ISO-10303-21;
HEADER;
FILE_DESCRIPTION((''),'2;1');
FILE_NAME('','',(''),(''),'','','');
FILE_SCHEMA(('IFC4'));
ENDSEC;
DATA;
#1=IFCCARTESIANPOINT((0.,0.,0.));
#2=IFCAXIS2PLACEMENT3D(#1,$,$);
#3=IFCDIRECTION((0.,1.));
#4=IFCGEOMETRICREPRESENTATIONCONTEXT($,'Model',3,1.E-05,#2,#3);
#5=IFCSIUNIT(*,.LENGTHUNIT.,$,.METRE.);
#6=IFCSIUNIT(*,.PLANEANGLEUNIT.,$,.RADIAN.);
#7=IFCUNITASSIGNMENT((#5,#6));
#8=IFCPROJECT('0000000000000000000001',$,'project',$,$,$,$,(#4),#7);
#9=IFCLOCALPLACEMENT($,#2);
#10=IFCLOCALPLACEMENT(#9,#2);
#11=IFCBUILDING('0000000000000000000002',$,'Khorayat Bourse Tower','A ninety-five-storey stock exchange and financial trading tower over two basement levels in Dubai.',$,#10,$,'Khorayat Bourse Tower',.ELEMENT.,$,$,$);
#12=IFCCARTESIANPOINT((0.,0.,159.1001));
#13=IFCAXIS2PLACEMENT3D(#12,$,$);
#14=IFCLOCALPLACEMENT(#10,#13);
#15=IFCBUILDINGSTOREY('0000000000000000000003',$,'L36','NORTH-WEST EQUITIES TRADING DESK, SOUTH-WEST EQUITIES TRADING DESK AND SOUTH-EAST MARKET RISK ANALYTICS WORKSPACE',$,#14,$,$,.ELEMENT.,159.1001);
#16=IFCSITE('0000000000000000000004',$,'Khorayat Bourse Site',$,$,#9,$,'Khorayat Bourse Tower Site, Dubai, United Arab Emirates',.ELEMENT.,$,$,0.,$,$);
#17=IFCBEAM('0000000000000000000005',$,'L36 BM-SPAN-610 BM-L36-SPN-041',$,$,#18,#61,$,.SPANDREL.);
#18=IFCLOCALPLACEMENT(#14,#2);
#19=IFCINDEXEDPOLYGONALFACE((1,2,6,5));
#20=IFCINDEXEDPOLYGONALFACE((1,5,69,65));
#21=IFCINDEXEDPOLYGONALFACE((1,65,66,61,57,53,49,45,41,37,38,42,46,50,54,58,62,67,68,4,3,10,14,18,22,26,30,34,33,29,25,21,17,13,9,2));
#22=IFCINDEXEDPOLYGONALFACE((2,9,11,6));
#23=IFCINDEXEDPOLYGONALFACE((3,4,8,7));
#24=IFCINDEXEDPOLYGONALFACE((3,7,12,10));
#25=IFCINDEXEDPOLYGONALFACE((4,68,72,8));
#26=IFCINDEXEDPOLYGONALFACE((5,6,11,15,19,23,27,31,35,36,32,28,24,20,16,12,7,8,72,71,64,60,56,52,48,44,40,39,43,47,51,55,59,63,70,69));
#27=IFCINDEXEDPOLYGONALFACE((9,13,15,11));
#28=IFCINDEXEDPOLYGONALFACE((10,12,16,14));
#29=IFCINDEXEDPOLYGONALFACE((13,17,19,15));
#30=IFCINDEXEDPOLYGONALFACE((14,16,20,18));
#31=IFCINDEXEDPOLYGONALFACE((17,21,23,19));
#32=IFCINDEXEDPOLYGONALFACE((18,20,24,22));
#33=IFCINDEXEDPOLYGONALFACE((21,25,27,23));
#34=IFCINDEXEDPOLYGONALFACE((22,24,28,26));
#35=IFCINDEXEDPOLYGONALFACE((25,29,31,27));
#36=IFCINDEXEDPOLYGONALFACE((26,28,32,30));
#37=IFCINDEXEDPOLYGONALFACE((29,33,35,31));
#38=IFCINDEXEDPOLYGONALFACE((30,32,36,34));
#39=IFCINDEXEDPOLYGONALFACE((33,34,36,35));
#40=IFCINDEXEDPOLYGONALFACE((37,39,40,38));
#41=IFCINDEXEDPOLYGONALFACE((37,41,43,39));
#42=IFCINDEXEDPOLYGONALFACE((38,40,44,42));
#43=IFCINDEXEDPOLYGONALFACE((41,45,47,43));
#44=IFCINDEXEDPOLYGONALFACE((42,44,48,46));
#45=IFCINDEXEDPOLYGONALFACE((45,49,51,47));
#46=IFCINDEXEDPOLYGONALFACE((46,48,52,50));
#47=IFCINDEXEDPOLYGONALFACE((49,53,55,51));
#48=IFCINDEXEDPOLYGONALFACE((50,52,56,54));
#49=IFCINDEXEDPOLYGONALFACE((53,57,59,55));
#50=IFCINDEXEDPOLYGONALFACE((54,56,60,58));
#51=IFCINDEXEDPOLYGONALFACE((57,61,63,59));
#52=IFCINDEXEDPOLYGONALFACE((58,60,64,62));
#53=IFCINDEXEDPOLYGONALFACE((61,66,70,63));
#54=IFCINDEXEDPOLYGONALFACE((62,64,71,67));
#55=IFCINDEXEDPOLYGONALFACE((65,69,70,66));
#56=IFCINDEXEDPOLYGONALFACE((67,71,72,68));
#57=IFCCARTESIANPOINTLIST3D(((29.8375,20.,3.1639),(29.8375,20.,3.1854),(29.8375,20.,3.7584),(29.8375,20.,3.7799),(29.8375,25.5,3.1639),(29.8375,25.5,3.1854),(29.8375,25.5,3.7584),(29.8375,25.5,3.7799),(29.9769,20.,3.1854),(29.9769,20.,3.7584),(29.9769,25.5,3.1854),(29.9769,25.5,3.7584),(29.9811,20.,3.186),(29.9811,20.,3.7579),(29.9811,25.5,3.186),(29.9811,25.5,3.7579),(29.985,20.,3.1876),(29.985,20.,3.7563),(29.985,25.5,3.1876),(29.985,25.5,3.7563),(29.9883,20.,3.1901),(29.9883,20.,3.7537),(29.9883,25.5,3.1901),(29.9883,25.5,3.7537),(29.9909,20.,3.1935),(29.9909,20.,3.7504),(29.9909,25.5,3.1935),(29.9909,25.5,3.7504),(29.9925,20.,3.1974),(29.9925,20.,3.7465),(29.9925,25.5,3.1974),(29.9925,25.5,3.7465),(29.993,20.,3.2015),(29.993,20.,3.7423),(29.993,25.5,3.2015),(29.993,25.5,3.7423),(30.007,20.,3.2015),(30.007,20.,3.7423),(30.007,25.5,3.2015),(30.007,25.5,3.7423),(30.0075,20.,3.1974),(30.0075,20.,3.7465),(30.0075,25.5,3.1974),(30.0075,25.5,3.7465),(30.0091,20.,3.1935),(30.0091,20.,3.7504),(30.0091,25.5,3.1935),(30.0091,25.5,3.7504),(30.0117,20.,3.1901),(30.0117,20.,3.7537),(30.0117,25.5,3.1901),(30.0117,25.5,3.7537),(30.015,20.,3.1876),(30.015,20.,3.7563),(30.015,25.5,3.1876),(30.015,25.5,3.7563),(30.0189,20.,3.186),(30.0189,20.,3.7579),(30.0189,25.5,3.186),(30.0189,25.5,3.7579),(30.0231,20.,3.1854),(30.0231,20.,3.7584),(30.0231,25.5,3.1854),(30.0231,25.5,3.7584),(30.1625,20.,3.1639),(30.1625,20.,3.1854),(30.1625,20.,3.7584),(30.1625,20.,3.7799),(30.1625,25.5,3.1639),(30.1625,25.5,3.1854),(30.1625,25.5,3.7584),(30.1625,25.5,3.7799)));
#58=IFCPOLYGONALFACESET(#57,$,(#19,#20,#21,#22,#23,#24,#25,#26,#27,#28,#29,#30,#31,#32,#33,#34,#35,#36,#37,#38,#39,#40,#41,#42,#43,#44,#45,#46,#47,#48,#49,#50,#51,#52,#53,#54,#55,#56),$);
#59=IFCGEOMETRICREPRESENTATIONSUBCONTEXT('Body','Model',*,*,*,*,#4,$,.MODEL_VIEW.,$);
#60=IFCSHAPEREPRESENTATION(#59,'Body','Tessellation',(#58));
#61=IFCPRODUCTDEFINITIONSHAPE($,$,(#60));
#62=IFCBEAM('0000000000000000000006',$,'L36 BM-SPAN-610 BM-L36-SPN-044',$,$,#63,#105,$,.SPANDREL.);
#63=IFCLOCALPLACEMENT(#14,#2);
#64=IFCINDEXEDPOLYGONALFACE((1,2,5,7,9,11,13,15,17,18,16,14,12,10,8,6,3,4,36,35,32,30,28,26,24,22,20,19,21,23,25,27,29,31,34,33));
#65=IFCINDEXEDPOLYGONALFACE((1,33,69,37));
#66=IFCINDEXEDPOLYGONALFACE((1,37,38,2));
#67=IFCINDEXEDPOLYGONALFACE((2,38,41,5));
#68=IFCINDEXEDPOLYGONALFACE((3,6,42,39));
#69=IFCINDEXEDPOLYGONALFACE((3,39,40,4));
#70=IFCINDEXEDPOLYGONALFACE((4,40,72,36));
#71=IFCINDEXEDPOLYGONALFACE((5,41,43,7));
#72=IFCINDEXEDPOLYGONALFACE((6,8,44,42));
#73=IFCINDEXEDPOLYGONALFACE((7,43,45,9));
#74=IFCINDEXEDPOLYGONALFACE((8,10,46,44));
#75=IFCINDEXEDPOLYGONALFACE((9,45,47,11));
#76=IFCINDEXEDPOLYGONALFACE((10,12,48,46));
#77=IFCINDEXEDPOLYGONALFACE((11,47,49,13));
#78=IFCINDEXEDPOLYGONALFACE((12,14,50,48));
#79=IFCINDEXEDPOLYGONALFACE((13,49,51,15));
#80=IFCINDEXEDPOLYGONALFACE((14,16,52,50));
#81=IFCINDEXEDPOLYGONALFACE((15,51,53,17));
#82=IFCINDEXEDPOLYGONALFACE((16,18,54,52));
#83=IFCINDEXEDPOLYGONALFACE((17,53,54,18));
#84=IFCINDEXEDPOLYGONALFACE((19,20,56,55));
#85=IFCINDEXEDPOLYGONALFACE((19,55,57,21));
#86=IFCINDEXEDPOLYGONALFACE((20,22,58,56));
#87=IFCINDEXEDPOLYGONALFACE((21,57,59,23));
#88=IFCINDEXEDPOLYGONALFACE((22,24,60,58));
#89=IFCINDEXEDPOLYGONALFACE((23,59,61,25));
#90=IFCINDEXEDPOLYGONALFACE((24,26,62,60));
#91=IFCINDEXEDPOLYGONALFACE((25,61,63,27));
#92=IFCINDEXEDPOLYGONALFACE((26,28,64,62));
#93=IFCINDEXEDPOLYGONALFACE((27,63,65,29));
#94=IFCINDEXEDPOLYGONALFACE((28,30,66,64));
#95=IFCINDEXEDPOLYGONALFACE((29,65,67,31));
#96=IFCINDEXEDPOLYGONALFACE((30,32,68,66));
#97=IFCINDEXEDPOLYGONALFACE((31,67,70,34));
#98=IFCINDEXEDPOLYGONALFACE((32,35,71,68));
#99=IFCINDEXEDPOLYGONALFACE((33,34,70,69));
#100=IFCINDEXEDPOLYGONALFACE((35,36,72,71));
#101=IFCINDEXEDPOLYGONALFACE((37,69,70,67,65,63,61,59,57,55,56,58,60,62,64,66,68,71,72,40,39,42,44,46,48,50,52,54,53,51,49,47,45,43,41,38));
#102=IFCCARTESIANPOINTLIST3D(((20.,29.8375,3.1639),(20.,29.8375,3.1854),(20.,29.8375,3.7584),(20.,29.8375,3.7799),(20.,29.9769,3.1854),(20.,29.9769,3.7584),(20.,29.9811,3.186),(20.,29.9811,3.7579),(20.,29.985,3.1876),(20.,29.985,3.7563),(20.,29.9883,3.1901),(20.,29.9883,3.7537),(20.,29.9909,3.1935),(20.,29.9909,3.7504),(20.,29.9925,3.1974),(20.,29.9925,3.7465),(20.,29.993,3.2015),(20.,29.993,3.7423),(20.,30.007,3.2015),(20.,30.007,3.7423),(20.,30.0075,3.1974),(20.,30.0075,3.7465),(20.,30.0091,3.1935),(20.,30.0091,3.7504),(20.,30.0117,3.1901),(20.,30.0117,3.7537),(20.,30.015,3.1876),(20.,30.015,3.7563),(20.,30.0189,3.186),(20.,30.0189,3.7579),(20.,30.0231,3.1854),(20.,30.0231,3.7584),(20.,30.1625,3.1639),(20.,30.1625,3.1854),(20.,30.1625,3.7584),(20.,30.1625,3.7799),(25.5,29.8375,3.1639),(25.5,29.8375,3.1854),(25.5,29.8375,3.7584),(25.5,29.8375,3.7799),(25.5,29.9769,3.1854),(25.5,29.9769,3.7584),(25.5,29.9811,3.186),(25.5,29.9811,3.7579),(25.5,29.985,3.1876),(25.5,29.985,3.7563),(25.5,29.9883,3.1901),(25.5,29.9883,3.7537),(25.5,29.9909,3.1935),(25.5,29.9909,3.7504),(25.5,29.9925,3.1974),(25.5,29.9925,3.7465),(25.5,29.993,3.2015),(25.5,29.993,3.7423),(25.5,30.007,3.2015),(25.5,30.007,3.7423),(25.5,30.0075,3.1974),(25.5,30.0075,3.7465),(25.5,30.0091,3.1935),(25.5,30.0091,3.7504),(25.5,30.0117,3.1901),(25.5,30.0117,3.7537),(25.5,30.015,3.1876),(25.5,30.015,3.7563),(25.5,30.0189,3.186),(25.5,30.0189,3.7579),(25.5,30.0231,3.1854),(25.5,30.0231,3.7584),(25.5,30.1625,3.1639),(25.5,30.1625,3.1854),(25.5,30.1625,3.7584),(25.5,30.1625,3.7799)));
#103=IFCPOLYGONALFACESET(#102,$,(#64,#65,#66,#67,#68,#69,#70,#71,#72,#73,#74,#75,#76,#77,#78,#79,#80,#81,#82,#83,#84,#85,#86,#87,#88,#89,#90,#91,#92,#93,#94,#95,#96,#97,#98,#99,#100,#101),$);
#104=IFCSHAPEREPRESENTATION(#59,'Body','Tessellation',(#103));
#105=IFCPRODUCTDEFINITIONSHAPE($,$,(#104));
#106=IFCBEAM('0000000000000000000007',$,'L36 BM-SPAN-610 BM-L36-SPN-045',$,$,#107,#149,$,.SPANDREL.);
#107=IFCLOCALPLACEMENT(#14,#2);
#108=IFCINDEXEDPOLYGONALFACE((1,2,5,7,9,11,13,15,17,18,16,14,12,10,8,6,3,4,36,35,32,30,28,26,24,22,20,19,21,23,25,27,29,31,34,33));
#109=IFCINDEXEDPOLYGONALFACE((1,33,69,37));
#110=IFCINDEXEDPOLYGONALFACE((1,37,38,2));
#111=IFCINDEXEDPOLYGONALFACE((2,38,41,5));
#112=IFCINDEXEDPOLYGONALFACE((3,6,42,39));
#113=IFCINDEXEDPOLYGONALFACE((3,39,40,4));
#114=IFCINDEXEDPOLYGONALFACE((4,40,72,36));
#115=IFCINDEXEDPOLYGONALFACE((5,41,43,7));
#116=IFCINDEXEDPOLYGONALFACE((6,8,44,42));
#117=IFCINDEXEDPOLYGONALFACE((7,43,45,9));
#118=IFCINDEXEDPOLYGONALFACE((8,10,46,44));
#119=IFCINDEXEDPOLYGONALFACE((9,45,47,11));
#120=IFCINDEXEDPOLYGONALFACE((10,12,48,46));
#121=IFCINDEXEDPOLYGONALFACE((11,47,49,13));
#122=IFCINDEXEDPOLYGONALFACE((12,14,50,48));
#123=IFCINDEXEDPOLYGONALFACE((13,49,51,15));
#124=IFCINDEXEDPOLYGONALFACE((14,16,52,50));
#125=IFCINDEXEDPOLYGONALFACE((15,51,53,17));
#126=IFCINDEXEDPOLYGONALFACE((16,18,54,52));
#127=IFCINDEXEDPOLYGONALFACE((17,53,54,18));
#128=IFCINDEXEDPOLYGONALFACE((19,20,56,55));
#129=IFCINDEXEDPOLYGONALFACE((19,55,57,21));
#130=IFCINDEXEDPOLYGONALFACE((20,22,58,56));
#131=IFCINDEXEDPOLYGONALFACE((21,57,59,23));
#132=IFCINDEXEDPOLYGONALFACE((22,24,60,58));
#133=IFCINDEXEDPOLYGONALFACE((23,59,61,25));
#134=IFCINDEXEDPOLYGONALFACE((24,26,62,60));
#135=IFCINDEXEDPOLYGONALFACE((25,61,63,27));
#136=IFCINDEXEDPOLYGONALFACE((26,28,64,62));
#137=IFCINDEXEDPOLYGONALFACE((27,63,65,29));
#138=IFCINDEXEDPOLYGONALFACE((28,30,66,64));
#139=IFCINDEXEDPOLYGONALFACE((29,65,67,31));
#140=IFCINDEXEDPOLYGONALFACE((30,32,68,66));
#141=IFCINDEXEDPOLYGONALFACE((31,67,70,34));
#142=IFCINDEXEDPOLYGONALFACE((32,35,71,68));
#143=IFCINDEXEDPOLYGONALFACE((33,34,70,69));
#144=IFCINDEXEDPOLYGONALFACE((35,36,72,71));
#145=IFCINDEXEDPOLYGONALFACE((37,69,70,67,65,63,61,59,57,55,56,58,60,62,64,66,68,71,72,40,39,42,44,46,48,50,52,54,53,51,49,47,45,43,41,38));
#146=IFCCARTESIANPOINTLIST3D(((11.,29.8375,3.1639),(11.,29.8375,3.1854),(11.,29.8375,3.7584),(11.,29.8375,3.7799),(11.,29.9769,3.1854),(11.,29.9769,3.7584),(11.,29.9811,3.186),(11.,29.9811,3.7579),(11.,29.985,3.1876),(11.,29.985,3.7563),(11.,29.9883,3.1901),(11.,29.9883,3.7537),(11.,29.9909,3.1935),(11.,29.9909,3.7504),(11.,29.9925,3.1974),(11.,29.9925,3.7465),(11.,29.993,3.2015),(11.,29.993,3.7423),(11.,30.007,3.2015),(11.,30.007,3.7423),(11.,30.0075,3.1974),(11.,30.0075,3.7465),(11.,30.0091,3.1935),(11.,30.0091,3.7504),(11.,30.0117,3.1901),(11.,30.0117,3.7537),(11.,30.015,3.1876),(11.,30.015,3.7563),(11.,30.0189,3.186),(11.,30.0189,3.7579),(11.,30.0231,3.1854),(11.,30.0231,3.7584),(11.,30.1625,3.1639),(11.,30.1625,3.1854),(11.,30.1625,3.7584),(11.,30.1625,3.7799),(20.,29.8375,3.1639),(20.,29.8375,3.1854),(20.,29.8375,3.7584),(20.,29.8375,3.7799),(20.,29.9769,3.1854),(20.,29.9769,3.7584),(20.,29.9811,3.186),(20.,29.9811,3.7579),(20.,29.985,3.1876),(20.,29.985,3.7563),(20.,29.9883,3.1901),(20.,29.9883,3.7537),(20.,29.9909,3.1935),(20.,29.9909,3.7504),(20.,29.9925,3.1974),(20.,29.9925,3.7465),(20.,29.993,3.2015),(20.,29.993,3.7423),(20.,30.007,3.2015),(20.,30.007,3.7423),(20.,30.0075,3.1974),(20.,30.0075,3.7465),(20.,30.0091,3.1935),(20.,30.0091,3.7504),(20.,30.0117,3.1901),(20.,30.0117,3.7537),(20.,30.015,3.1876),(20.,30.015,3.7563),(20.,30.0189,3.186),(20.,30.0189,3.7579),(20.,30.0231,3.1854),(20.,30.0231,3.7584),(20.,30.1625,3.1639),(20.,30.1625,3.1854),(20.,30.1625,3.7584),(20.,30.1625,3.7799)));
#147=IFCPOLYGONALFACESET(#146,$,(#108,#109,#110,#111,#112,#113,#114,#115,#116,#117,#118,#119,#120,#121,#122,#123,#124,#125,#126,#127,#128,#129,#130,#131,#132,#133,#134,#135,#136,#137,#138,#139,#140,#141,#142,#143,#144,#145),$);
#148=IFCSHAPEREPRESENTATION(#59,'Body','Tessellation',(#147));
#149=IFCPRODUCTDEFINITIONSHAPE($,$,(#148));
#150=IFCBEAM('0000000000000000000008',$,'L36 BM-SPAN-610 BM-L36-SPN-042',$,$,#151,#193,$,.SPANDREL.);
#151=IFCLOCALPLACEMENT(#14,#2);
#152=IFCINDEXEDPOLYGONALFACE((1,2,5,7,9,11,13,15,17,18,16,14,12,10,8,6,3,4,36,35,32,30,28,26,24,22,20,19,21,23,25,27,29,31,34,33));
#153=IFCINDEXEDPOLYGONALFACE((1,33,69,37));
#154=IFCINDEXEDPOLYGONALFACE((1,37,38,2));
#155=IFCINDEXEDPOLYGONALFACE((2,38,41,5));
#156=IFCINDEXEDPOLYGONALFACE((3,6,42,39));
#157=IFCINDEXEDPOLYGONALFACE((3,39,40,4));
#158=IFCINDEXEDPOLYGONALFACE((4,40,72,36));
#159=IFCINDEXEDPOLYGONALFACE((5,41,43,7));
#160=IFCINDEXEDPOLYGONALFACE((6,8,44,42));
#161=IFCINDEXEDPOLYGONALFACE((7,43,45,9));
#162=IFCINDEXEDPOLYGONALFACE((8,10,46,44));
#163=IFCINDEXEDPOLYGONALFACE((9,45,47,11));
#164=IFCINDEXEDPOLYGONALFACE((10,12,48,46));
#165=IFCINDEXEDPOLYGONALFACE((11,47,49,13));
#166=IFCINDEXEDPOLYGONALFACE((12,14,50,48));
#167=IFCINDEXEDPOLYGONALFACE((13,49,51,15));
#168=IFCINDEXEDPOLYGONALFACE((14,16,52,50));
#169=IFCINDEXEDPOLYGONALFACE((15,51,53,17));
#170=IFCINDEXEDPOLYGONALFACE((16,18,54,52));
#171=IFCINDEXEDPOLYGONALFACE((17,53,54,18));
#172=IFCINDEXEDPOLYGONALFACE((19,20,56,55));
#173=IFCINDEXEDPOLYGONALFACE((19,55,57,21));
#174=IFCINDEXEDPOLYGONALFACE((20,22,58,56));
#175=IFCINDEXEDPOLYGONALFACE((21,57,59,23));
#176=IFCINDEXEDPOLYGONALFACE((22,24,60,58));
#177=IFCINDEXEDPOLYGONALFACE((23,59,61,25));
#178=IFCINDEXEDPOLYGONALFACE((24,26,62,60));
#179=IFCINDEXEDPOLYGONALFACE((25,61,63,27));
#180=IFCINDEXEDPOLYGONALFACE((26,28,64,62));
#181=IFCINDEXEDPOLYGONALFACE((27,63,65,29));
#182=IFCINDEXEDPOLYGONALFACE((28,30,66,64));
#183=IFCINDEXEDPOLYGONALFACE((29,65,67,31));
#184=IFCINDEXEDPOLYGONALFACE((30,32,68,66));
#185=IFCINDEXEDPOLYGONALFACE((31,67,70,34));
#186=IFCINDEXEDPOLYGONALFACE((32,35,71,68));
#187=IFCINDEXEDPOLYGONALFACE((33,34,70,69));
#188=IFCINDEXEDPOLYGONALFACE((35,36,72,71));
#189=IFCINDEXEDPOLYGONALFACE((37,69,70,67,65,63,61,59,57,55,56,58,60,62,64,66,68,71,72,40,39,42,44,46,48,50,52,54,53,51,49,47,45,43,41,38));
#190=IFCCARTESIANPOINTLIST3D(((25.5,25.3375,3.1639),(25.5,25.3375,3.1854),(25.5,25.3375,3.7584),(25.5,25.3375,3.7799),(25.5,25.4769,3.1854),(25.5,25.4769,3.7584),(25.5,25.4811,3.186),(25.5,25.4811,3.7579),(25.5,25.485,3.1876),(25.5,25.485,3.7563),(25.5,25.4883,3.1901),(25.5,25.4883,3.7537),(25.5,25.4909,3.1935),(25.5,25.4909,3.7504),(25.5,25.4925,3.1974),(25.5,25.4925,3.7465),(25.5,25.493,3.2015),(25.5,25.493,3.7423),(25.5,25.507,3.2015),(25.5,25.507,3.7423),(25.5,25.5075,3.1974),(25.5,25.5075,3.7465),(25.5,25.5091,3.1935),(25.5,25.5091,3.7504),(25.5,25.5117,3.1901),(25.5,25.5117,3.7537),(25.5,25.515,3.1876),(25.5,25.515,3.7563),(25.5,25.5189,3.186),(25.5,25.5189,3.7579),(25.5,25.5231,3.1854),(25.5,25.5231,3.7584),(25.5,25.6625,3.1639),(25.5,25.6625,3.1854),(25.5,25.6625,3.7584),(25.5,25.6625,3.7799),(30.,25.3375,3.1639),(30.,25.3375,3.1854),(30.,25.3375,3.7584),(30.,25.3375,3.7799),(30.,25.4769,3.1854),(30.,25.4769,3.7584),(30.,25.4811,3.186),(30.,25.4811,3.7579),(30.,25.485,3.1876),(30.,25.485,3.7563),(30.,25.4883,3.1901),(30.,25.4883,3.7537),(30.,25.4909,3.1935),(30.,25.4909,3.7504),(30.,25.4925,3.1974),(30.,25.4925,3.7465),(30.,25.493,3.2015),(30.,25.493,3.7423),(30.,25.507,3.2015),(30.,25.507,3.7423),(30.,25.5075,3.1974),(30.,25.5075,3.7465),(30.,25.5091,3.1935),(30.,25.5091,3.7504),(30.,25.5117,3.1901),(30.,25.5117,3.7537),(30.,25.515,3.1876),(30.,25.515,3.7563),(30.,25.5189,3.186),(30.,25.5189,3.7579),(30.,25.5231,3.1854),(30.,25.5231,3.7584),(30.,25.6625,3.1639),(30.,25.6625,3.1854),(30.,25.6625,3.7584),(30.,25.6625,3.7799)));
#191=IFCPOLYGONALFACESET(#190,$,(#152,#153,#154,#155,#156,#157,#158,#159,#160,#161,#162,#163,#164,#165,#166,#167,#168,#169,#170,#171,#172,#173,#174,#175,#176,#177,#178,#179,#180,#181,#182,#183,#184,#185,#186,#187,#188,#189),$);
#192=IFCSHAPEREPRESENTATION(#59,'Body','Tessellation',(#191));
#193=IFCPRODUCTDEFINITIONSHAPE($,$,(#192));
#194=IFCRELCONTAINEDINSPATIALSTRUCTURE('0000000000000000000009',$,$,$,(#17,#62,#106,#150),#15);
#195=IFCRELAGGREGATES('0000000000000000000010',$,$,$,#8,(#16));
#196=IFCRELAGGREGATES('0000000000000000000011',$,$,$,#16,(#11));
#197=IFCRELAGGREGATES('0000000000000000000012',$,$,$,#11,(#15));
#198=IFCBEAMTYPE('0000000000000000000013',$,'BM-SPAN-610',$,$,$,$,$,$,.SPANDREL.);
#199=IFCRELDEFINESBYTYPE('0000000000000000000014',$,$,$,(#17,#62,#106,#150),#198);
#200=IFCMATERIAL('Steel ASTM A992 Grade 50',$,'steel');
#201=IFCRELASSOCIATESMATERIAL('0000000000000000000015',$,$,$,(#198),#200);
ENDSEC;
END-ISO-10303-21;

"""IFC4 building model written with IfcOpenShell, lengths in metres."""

from ifc_helpers import new_model, si_unit, direction, frame, origin, origin_2d, place, context, subcontext, project, spatial, i_section, extrude, source, transform, mapped, material, material_profile, profile_set, type_object, element, save


model = new_model("IFC4")

# Units and contexts
model_context = context("Model", 3, precision=1e-05, world=origin(), true_north=direction((0.0, 1.0)))
body_context = subcontext(model_context, "Body", "Model", "MODEL_VIEW")
ifc_project = project(units=[si_unit("LENGTHUNIT", "METRE"), si_unit("PLANEANGLEUNIT", "RADIAN")], contexts=[model_context])

# Site, building, storey
site_placement = place(None, origin())
site = spatial("IfcSite", under=ifc_project, at=site_placement, Name="Khorayat Bourse Site", LongName="Khorayat Bourse Tower Site, Dubai, United Arab Emirates", CompositionType="ELEMENT", RefElevation=0.0)
building_placement = place(site_placement, origin())
building = spatial("IfcBuilding", under=site, at=building_placement, Name="Khorayat Bourse Tower", Description="A ninety-five-storey stock exchange and financial trading tower over two basement levels in Dubai.", LongName="Khorayat Bourse Tower", CompositionType="ELEMENT")
storey_placement = place(building_placement, frame((0.0, 0.0, 159.1001)))
storey = spatial("IfcBuildingStorey", under=building, at=storey_placement, Name="L36", Description="NORTH-WEST EQUITIES TRADING DESK, SOUTH-WEST EQUITIES TRADING DESK AND SOUTH-EAST MARKET RISK ANALYTICS WORKSPACE", CompositionType="ELEMENT", Elevation=159.1001)

# Beams
ifc_material_1 = material(Name="Steel ASTM A992 Grade 50", Category="steel")
ifc_material_profile_1 = material_profile(ifc_material_1, i_section(OverallWidth=0.325, OverallDepth=0.616, WebThickness=0.0139, FlangeThickness=0.0215, FilletRadius=0.0161, at=origin_2d()), Name="W610X174")
ifc_profile_set_1 = profile_set([ifc_material_profile_1], Name="Steel ASTM A992 Grade 50")
beam_type_1 = type_object("IfcBeamType", Name="BM-SPAN-610", PredefinedType="SPANDREL", material=ifc_profile_set_1)
shared_shape_1 = source(origin(), body_context, "Body", "SweptSolid", [
    extrude(i_section(OverallWidth=0.325, OverallDepth=0.616, WebThickness=0.0139, FlangeThickness=0.0215, FilletRadius=0.0161, at=origin_2d()), origin(), (0.0, 0.0, 1.0), 5.5),
])
for number, where, z_axis, x_axis, name in (
    (1, (30.0, 20.0, 3.4719), (0.0, 1.0, 0.0), (-1.0, 0.0, 0.0), "L36 BM-SPAN-610 BM-L36-SPN-041"),
    (2, (20.0, 30.0, 3.4719), (1.0, 0.0, 0.0), (0.0, 1.0, 0.0), "L36 BM-SPAN-610 BM-L36-SPN-044"),
):
    element("IfcBeam", number, at=place(storey_placement, frame(where, z_axis=z_axis, x_axis=x_axis)), inside=storey, type_object=beam_type_1, Name=name, PredefinedType="SPANDREL", context=body_context, shape_type="MappedRepresentation", body=[
        mapped(shared_shape_1, transform((0.0, 0.0, 0.0), scale=1.0)),
    ])
shared_shape_2 = source(origin(), body_context, "Body", "SweptSolid", [
    extrude(i_section(OverallWidth=0.325, OverallDepth=0.616, WebThickness=0.0139, FlangeThickness=0.0215, FilletRadius=0.0161, at=origin_2d()), origin(), (0.0, 0.0, 1.0), 9.0),
])
beam_1_placement = place(storey_placement, frame((11.0, 30.0, 3.4719), z_axis=(1.0, 0.0, 0.0), x_axis=(0.0, 1.0, 0.0)))
element("IfcBeam", 3, at=beam_1_placement, inside=storey, type_object=beam_type_1, Name="L36 BM-SPAN-610 BM-L36-SPN-045", PredefinedType="SPANDREL", context=body_context, shape_type="MappedRepresentation", body=[
    mapped(shared_shape_2, transform((0.0, 0.0, 0.0), scale=1.0)),
])
shared_shape_3 = source(origin(), body_context, "Body", "SweptSolid", [
    extrude(i_section(OverallWidth=0.325, OverallDepth=0.616, WebThickness=0.0139, FlangeThickness=0.0215, FilletRadius=0.0161, at=origin_2d()), origin(), (0.0, 0.0, 1.0), 4.5),
])
for number, where, z_axis, x_axis, name in (
    (4, (25.5, 25.5, 3.4719), (1.0, 0.0, 0.0), (0.0, 1.0, 0.0), "L36 BM-SPAN-610 BM-L36-SPN-042"),
):
    element("IfcBeam", number, at=place(storey_placement, frame(where, z_axis=z_axis, x_axis=x_axis)), inside=storey, type_object=beam_type_1, Name=name, PredefinedType="SPANDREL", context=body_context, shape_type="MappedRepresentation", body=[
        mapped(shared_shape_3, transform((0.0, 0.0, 0.0), scale=1.0)),
    ])

save(model, "model.ifc")
